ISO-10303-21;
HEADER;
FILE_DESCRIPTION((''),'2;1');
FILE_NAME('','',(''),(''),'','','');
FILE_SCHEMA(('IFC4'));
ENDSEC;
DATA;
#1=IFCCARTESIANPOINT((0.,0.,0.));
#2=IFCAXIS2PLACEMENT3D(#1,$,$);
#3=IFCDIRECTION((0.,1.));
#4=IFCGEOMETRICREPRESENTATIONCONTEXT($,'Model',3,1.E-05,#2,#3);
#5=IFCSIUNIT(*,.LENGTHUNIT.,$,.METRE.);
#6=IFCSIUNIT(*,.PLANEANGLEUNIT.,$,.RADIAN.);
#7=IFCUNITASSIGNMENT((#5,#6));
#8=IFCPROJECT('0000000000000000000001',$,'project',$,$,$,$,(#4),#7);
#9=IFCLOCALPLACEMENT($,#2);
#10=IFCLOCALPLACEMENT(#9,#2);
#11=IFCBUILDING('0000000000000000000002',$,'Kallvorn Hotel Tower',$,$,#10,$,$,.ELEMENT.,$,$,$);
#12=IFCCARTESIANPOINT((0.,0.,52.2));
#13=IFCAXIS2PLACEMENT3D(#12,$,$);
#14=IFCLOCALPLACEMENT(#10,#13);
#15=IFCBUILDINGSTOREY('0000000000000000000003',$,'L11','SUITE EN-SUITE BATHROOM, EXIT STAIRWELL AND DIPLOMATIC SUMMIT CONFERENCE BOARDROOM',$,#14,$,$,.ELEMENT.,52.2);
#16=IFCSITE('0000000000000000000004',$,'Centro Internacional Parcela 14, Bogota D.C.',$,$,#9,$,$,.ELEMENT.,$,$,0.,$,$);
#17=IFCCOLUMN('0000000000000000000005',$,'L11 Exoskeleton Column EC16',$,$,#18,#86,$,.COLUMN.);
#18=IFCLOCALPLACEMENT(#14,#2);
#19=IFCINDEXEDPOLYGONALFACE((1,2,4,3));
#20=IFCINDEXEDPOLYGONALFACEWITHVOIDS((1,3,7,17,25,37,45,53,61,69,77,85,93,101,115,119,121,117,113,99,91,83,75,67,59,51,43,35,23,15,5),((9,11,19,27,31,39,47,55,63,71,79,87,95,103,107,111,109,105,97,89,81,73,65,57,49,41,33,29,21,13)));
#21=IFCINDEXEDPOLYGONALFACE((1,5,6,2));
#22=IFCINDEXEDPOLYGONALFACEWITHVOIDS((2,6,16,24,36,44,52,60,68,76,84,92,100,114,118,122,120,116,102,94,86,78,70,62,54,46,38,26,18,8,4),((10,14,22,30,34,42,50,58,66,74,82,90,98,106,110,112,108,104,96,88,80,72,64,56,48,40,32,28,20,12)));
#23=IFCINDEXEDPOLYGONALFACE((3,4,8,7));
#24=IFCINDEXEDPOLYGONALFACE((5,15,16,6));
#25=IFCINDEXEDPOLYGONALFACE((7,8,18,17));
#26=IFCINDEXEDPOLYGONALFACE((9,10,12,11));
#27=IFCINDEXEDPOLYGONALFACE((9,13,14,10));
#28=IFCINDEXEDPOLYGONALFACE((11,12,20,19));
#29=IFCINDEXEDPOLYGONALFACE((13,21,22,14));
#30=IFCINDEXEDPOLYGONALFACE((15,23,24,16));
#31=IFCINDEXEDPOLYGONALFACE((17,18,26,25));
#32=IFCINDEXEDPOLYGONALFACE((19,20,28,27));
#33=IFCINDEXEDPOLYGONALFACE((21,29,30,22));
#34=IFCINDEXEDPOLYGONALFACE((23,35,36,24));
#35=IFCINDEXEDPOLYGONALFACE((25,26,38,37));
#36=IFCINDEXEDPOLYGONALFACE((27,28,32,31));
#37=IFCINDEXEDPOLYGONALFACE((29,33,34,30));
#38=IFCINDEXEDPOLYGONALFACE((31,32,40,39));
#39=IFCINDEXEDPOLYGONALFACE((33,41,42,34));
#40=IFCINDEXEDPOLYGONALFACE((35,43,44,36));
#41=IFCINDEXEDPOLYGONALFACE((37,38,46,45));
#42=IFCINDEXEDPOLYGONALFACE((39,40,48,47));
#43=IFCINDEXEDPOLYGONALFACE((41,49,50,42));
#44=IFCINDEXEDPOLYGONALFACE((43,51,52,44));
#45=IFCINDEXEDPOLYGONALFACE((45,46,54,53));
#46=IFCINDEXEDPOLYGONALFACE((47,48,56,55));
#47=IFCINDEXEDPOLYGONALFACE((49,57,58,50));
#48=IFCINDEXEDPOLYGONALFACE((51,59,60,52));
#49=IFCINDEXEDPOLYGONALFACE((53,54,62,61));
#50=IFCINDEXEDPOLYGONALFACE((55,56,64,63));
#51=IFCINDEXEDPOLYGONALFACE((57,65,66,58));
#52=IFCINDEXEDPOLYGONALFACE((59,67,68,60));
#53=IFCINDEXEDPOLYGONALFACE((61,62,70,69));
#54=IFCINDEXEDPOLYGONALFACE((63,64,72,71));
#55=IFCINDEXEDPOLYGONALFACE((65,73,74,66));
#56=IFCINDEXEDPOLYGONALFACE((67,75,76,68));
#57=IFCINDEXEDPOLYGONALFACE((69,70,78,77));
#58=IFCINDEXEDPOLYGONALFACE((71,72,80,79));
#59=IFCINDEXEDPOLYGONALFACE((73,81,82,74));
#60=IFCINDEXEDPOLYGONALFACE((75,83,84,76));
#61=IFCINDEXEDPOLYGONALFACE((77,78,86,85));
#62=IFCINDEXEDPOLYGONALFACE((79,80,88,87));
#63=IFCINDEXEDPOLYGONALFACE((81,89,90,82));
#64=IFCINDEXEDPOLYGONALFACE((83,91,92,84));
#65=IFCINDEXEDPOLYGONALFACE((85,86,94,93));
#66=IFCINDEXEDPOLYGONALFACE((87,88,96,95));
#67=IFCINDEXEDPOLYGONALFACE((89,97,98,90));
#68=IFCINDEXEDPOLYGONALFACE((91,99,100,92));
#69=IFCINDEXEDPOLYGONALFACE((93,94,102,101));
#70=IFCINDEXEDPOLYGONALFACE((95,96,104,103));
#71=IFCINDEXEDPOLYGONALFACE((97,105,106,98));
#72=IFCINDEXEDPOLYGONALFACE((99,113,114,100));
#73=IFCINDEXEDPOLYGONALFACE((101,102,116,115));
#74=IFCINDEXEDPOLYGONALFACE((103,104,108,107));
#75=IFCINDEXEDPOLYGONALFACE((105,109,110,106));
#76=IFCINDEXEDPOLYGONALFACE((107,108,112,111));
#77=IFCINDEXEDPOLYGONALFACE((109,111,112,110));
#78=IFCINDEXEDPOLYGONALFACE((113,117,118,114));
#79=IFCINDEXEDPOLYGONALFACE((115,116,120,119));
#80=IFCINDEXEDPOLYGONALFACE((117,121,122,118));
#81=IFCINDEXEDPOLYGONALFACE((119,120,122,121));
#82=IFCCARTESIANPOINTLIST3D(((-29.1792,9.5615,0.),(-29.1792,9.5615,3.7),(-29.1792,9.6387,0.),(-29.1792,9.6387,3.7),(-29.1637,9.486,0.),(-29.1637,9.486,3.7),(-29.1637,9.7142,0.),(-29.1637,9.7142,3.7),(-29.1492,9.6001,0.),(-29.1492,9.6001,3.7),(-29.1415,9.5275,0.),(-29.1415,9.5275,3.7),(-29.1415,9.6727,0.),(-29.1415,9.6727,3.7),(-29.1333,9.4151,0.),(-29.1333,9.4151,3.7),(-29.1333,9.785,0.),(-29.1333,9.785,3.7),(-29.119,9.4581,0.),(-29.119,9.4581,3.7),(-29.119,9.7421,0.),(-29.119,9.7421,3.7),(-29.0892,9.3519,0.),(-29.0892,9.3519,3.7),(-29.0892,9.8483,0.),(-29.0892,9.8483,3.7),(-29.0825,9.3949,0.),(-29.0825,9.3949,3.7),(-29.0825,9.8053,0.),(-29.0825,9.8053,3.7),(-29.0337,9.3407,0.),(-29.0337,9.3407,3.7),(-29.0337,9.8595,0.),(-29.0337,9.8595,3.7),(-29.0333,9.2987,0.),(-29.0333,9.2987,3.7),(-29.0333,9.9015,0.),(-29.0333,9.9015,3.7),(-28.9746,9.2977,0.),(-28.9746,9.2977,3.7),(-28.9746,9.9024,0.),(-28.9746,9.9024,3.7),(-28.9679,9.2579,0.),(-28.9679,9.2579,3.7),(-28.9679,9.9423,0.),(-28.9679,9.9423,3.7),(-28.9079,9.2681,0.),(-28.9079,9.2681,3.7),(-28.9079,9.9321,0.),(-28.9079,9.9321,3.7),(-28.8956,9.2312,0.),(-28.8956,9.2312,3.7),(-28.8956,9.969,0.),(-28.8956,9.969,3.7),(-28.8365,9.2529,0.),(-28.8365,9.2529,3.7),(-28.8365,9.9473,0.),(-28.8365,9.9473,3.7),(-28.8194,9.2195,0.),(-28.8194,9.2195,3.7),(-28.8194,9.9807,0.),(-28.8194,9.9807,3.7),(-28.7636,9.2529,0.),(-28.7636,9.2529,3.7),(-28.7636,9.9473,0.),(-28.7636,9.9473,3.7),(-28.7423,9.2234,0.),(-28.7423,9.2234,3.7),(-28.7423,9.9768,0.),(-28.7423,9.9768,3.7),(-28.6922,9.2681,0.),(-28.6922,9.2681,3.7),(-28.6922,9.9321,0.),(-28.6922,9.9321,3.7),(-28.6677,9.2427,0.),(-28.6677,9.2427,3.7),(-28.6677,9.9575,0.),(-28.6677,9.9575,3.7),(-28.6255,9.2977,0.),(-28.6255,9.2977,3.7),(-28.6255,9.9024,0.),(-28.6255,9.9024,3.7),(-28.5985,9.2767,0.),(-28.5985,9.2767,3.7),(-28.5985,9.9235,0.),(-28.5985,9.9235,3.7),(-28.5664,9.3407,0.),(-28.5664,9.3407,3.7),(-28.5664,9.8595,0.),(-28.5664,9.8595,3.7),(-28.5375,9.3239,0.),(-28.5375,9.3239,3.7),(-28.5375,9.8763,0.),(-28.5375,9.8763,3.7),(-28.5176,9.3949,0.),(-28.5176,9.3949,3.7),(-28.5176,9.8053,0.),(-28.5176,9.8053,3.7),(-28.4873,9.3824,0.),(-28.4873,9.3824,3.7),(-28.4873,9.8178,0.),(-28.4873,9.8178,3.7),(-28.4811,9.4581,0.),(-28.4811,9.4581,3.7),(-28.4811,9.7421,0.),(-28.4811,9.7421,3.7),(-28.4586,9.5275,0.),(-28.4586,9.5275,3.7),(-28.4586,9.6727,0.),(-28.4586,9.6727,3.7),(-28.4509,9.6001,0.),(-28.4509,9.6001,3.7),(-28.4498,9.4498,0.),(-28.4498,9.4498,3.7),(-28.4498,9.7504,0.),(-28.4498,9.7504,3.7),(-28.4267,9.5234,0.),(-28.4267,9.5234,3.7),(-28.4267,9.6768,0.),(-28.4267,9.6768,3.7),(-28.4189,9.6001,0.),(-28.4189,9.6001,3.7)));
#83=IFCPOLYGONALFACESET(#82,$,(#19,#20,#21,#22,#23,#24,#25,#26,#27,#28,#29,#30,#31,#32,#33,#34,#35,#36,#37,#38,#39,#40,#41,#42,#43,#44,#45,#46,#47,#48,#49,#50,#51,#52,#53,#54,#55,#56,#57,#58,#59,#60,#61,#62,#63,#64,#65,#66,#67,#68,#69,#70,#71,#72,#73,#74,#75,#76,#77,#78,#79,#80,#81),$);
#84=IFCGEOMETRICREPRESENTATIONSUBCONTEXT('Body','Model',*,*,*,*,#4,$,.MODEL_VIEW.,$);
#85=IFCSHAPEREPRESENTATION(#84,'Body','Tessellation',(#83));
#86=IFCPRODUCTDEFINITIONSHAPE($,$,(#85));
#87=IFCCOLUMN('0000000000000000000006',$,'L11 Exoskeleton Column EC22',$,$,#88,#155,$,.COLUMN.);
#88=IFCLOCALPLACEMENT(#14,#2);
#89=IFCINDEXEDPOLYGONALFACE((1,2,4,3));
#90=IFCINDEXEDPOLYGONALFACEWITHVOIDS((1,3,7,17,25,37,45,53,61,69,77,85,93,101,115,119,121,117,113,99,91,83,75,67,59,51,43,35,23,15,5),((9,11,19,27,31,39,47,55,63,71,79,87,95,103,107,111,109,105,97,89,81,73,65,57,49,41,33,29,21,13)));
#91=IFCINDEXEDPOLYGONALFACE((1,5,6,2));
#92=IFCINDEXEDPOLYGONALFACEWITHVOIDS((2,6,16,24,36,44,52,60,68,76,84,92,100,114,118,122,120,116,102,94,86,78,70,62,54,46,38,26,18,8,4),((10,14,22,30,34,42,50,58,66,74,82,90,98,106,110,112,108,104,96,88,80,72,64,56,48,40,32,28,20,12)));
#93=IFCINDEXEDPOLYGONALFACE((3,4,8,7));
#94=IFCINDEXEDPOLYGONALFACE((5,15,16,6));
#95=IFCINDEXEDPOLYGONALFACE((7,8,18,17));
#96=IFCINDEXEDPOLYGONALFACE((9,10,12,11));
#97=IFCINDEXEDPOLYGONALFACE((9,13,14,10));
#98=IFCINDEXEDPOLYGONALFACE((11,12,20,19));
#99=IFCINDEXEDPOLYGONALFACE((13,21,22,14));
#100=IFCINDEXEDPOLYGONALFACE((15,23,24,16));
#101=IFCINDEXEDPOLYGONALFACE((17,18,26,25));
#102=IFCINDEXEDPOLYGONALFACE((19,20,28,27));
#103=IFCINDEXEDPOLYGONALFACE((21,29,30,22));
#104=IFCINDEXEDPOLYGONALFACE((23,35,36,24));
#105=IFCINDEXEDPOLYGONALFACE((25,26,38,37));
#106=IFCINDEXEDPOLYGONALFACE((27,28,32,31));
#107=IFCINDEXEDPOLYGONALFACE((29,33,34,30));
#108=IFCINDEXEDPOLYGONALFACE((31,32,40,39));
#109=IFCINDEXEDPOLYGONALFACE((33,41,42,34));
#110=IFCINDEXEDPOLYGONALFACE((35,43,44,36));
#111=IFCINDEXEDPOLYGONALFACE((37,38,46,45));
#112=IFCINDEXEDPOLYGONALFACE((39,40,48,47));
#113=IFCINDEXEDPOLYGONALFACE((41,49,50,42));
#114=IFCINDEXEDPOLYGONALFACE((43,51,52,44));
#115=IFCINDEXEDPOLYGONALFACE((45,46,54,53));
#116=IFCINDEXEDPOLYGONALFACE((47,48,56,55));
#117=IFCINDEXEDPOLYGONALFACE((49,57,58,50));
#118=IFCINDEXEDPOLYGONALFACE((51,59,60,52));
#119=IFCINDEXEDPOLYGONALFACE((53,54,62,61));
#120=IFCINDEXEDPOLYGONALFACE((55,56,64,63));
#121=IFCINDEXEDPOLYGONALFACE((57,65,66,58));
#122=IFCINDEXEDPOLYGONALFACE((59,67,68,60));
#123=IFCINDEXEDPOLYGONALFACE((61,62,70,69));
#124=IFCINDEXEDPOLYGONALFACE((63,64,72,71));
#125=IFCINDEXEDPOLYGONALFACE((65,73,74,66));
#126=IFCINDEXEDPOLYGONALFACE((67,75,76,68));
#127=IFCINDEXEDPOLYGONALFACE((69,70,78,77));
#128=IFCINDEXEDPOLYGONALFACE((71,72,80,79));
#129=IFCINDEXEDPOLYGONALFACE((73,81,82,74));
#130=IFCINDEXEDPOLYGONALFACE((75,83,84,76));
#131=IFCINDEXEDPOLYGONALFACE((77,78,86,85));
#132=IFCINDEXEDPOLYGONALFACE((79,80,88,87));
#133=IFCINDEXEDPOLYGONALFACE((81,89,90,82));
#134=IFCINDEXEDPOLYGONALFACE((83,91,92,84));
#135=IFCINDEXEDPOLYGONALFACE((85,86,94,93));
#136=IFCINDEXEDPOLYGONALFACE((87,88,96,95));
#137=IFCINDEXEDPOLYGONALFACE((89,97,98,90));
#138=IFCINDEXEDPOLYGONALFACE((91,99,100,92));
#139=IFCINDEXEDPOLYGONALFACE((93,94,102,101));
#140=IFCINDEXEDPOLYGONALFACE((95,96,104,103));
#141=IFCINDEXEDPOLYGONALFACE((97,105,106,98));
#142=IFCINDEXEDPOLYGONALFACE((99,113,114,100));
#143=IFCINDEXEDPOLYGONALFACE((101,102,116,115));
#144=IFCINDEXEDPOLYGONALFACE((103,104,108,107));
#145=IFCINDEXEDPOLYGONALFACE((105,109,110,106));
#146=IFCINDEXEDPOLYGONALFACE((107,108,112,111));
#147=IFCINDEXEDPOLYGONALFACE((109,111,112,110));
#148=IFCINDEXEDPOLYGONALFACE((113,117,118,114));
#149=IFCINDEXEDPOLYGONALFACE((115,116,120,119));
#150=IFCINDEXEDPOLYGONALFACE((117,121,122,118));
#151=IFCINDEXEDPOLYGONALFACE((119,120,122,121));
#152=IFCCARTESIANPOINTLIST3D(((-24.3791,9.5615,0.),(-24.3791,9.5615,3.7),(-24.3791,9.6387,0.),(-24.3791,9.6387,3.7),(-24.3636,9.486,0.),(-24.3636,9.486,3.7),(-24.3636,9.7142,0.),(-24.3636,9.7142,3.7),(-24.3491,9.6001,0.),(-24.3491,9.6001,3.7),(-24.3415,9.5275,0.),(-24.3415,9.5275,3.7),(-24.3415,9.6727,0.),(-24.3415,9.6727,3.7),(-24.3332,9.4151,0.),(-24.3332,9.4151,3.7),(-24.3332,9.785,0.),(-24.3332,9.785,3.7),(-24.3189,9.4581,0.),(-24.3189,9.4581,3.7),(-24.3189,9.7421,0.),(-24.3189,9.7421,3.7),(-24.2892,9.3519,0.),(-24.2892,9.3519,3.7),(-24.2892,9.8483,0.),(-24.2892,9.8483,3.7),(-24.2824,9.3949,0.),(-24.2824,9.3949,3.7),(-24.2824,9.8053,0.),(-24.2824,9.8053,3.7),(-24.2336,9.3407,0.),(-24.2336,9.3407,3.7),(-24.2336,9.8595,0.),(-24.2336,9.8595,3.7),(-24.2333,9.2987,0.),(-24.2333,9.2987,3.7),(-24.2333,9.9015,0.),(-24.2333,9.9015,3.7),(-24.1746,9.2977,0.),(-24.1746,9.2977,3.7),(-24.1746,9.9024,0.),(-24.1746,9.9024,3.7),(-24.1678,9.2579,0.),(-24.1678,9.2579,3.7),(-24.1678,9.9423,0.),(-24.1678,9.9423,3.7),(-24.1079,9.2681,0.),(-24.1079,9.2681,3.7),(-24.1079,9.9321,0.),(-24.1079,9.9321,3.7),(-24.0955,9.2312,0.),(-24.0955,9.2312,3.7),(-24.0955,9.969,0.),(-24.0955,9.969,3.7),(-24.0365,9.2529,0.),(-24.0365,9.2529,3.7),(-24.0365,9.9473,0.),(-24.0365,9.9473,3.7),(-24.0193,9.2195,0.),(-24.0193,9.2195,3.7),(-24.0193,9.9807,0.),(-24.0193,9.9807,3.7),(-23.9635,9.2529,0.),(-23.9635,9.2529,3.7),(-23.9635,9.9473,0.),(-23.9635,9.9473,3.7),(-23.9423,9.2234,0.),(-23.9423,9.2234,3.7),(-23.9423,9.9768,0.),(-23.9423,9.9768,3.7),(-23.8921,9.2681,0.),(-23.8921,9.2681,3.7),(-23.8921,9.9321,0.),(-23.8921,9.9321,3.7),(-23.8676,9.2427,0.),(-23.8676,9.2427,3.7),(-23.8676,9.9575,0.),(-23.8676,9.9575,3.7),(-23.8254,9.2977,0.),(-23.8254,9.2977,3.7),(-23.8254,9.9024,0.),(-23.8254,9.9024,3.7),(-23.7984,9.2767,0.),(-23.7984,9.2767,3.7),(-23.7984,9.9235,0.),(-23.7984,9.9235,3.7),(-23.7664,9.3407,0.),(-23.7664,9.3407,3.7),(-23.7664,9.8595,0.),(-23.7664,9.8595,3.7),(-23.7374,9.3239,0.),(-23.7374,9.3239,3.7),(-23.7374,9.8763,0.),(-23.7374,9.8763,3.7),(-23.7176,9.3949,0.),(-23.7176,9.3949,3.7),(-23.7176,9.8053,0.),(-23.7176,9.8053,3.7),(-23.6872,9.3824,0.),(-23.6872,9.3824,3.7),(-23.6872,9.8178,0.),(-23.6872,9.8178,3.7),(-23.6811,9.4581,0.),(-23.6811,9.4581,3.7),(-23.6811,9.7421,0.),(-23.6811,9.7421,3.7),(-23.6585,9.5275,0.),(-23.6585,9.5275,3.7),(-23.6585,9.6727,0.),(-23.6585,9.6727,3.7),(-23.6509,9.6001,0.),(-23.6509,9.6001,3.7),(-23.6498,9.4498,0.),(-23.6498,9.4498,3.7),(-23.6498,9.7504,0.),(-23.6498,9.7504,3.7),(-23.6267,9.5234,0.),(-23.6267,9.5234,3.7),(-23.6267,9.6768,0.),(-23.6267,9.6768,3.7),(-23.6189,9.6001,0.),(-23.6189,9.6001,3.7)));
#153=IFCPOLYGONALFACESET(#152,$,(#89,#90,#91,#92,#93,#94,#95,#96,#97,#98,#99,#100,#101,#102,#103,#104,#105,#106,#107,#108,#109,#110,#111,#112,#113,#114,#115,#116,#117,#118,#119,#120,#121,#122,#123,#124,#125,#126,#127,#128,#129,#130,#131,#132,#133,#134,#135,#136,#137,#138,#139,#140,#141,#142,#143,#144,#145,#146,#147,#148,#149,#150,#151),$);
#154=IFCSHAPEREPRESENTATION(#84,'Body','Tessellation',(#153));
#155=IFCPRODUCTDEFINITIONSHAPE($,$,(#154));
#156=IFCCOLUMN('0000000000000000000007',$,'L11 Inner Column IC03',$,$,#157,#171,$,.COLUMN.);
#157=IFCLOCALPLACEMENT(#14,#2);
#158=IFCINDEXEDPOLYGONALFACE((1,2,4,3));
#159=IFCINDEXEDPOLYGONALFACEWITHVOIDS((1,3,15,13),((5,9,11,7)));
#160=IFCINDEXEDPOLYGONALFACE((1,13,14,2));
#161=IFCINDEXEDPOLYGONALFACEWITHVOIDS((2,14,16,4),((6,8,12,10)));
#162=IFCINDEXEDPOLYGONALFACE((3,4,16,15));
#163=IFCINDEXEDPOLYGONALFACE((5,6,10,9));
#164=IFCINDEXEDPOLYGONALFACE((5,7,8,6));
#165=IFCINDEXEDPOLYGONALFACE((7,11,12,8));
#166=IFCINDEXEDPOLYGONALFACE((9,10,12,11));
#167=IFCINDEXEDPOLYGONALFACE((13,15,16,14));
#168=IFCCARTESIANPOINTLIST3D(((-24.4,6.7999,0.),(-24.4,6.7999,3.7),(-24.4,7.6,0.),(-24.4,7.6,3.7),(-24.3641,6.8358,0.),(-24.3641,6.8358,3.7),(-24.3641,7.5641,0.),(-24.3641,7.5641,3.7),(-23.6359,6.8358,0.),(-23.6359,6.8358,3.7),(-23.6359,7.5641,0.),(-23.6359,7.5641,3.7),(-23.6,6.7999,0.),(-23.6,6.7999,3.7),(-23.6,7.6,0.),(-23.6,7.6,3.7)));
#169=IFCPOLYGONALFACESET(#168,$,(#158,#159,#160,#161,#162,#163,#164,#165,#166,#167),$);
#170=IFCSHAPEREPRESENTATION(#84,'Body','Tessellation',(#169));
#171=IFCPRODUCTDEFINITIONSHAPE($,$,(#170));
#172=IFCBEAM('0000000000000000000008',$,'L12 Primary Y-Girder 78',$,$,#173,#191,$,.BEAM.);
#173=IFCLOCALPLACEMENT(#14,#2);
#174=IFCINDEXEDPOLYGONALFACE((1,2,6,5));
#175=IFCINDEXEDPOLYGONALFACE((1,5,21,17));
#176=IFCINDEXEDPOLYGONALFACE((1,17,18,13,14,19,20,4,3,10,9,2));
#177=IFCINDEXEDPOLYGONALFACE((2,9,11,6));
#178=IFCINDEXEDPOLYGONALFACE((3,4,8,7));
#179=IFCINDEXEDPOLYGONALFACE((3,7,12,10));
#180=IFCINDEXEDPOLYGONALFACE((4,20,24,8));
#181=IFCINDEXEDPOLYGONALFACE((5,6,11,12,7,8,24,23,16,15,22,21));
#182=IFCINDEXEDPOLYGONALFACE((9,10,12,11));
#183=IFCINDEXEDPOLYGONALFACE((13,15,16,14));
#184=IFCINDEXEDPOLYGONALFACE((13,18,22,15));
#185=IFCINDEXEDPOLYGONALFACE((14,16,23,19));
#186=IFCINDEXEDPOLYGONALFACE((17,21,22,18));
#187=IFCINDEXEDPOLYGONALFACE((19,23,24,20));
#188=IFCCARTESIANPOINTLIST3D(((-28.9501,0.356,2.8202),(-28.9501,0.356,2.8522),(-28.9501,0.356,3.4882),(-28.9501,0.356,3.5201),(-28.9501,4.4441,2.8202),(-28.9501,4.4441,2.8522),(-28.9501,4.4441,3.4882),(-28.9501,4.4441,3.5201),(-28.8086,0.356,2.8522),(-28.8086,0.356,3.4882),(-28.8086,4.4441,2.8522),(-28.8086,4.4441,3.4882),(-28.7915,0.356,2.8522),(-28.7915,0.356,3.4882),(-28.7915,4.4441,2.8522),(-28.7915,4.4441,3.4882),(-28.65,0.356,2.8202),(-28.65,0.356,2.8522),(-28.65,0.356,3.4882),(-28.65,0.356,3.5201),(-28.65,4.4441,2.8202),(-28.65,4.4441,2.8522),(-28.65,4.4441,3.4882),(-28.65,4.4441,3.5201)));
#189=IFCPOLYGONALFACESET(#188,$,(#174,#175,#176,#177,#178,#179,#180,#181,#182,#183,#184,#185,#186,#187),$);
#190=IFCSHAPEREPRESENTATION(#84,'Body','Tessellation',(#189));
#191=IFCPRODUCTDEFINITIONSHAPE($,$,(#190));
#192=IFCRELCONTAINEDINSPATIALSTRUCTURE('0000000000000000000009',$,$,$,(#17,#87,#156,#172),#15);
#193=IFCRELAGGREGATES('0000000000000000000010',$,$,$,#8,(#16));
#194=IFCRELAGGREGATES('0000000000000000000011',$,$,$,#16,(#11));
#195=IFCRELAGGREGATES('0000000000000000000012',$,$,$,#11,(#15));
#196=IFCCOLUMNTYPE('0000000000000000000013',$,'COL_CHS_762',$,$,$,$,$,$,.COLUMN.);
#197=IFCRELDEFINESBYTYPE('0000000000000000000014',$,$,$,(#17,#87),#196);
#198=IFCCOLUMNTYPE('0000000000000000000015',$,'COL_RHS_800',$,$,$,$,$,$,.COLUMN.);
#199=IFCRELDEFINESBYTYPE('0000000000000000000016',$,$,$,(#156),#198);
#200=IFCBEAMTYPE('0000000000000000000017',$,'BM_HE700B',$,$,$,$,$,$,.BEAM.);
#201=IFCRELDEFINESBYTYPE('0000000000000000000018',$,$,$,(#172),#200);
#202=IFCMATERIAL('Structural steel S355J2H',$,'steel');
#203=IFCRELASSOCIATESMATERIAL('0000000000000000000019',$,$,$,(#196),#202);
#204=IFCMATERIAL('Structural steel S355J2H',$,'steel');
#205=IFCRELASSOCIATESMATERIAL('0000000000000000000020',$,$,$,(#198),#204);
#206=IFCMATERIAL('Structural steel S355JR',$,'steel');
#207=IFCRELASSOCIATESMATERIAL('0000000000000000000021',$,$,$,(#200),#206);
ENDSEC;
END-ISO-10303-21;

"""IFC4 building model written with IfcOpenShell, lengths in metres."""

from ifc_helpers import new_model, si_unit, direction, frame, origin, origin_2d, place, context, subcontext, project, spatial, hollow_rectangle, hollow_circle, i_section, extrude, material, material_profile, profile_set, type_object, element, save


model = new_model("IFC4")

# Units and contexts
model_context = context("Model", 3, precision=1e-05, world=origin(), true_north=direction((0.0, 1.0)))
body_context = subcontext(model_context, "Body", "Model", "MODEL_VIEW")
ifc_project = project(units=[si_unit("LENGTHUNIT", "METRE"), si_unit("PLANEANGLEUNIT", "RADIAN")], contexts=[model_context])

# Site, building, storey
site_placement = place(None, origin())
site = spatial("IfcSite", under=ifc_project, at=site_placement, Name="Centro Internacional Parcela 14, Bogota D.C.", CompositionType="ELEMENT", RefElevation=0.0)
building_placement = place(site_placement, origin())
building = spatial("IfcBuilding", under=site, at=building_placement, Name="Kallvorn Hotel Tower", CompositionType="ELEMENT")
storey_placement = place(building_placement, frame((0.0, 0.0, 52.2)))
storey = spatial("IfcBuildingStorey", under=building, at=storey_placement, Name="L11", Description="SUITE EN-SUITE BATHROOM, EXIT STAIRWELL AND DIPLOMATIC SUMMIT CONFERENCE BOARDROOM", CompositionType="ELEMENT", Elevation=52.2)

# Columns
ifc_material_1 = material(Name="Structural steel S355J2H", Category="steel")
ifc_material_profile_1 = material_profile(ifc_material_1, hollow_circle(Radius=0.3811, WallThickness=0.032, at=origin_2d()), Name="CHS 762x32")
ifc_profile_set_1 = profile_set([ifc_material_profile_1], Name="Structural steel S355J2H")
column_type_1 = type_object("IfcColumnType", Name="COL_CHS_762", PredefinedType="COLUMN", material=ifc_profile_set_1)
for number, where, z_axis, x_axis, name in (
    (1, (-28.8, 9.6001, 0.0), (0.0, 0.0, 1.0), (1.0, 0.0, 0.0), "L11 Exoskeleton Column EC16"),
    (2, (-24.0, 9.6001, 0.0), (0.0, 0.0, 1.0), (1.0, 0.0, 0.0), "L11 Exoskeleton Column EC22"),
):
    element("IfcColumn", number, at=place(storey_placement, frame(where, z_axis=z_axis, x_axis=x_axis)), inside=storey, type_object=column_type_1, Name=name, PredefinedType="COLUMN", context=body_context, shape_type="SweptSolid", body=[
        extrude(hollow_circle(Radius=0.3811, WallThickness=0.032, at=origin_2d()), origin(), (0.0, 0.0, 1.0), 3.7),
    ])
ifc_material_2 = material(Name="Structural steel S355J2H", Category="steel")
ifc_material_profile_2 = material_profile(ifc_material_2, hollow_rectangle(XDim=0.8, YDim=0.8, WallThickness=0.0359, at=origin_2d()), Name="RHS 800x800x36")
ifc_profile_set_2 = profile_set([ifc_material_profile_2], Name="Structural steel S355J2H")
column_type_2 = type_object("IfcColumnType", Name="COL_RHS_800", PredefinedType="COLUMN", material=ifc_profile_set_2)
column_placement = place(storey_placement, frame((-24.0, 7.2, 0.0), z_axis=(0.0, 0.0, 1.0), x_axis=(1.0, 0.0, 0.0)))
element("IfcColumn", 3, at=column_placement, inside=storey, type_object=column_type_2, Name="L11 Inner Column IC03", PredefinedType="COLUMN", context=body_context, shape_type="SweptSolid", body=[
    extrude(hollow_rectangle(XDim=0.8, YDim=0.8, WallThickness=0.0359, at=origin_2d()), origin(), (0.0, 0.0, 1.0), 3.7),
])

# Beam
ifc_material_3 = material(Name="Structural steel S355JR", Category="steel")
ifc_material_profile_3 = material_profile(ifc_material_3, i_section(OverallWidth=0.3, OverallDepth=0.7, WebThickness=0.0171, FlangeThickness=0.032, at=origin_2d()), Name="HE 700 B")
ifc_profile_set_3 = profile_set([ifc_material_profile_3], Name="Structural steel S355JR")
beam_type_1 = type_object("IfcBeamType", Name="BM_HE700B", PredefinedType="BEAM", material=ifc_profile_set_3)
beam_1_placement = place(storey_placement, frame((-28.8, 0.356, 3.1702), z_axis=(0.0, 1.0, 0.0), x_axis=(-1.0, 0.0, 0.0)))
element("IfcBeam", 4, at=beam_1_placement, inside=storey, type_object=beam_type_1, Name="L12 Primary Y-Girder 78", PredefinedType="BEAM", context=body_context, shape_type="SweptSolid", body=[
    extrude(i_section(OverallWidth=0.3, OverallDepth=0.7, WebThickness=0.0171, FlangeThickness=0.032, at=origin_2d()), origin(), (0.0, 0.0, 1.0), 4.0881),
])

save(model, "model.ifc")
